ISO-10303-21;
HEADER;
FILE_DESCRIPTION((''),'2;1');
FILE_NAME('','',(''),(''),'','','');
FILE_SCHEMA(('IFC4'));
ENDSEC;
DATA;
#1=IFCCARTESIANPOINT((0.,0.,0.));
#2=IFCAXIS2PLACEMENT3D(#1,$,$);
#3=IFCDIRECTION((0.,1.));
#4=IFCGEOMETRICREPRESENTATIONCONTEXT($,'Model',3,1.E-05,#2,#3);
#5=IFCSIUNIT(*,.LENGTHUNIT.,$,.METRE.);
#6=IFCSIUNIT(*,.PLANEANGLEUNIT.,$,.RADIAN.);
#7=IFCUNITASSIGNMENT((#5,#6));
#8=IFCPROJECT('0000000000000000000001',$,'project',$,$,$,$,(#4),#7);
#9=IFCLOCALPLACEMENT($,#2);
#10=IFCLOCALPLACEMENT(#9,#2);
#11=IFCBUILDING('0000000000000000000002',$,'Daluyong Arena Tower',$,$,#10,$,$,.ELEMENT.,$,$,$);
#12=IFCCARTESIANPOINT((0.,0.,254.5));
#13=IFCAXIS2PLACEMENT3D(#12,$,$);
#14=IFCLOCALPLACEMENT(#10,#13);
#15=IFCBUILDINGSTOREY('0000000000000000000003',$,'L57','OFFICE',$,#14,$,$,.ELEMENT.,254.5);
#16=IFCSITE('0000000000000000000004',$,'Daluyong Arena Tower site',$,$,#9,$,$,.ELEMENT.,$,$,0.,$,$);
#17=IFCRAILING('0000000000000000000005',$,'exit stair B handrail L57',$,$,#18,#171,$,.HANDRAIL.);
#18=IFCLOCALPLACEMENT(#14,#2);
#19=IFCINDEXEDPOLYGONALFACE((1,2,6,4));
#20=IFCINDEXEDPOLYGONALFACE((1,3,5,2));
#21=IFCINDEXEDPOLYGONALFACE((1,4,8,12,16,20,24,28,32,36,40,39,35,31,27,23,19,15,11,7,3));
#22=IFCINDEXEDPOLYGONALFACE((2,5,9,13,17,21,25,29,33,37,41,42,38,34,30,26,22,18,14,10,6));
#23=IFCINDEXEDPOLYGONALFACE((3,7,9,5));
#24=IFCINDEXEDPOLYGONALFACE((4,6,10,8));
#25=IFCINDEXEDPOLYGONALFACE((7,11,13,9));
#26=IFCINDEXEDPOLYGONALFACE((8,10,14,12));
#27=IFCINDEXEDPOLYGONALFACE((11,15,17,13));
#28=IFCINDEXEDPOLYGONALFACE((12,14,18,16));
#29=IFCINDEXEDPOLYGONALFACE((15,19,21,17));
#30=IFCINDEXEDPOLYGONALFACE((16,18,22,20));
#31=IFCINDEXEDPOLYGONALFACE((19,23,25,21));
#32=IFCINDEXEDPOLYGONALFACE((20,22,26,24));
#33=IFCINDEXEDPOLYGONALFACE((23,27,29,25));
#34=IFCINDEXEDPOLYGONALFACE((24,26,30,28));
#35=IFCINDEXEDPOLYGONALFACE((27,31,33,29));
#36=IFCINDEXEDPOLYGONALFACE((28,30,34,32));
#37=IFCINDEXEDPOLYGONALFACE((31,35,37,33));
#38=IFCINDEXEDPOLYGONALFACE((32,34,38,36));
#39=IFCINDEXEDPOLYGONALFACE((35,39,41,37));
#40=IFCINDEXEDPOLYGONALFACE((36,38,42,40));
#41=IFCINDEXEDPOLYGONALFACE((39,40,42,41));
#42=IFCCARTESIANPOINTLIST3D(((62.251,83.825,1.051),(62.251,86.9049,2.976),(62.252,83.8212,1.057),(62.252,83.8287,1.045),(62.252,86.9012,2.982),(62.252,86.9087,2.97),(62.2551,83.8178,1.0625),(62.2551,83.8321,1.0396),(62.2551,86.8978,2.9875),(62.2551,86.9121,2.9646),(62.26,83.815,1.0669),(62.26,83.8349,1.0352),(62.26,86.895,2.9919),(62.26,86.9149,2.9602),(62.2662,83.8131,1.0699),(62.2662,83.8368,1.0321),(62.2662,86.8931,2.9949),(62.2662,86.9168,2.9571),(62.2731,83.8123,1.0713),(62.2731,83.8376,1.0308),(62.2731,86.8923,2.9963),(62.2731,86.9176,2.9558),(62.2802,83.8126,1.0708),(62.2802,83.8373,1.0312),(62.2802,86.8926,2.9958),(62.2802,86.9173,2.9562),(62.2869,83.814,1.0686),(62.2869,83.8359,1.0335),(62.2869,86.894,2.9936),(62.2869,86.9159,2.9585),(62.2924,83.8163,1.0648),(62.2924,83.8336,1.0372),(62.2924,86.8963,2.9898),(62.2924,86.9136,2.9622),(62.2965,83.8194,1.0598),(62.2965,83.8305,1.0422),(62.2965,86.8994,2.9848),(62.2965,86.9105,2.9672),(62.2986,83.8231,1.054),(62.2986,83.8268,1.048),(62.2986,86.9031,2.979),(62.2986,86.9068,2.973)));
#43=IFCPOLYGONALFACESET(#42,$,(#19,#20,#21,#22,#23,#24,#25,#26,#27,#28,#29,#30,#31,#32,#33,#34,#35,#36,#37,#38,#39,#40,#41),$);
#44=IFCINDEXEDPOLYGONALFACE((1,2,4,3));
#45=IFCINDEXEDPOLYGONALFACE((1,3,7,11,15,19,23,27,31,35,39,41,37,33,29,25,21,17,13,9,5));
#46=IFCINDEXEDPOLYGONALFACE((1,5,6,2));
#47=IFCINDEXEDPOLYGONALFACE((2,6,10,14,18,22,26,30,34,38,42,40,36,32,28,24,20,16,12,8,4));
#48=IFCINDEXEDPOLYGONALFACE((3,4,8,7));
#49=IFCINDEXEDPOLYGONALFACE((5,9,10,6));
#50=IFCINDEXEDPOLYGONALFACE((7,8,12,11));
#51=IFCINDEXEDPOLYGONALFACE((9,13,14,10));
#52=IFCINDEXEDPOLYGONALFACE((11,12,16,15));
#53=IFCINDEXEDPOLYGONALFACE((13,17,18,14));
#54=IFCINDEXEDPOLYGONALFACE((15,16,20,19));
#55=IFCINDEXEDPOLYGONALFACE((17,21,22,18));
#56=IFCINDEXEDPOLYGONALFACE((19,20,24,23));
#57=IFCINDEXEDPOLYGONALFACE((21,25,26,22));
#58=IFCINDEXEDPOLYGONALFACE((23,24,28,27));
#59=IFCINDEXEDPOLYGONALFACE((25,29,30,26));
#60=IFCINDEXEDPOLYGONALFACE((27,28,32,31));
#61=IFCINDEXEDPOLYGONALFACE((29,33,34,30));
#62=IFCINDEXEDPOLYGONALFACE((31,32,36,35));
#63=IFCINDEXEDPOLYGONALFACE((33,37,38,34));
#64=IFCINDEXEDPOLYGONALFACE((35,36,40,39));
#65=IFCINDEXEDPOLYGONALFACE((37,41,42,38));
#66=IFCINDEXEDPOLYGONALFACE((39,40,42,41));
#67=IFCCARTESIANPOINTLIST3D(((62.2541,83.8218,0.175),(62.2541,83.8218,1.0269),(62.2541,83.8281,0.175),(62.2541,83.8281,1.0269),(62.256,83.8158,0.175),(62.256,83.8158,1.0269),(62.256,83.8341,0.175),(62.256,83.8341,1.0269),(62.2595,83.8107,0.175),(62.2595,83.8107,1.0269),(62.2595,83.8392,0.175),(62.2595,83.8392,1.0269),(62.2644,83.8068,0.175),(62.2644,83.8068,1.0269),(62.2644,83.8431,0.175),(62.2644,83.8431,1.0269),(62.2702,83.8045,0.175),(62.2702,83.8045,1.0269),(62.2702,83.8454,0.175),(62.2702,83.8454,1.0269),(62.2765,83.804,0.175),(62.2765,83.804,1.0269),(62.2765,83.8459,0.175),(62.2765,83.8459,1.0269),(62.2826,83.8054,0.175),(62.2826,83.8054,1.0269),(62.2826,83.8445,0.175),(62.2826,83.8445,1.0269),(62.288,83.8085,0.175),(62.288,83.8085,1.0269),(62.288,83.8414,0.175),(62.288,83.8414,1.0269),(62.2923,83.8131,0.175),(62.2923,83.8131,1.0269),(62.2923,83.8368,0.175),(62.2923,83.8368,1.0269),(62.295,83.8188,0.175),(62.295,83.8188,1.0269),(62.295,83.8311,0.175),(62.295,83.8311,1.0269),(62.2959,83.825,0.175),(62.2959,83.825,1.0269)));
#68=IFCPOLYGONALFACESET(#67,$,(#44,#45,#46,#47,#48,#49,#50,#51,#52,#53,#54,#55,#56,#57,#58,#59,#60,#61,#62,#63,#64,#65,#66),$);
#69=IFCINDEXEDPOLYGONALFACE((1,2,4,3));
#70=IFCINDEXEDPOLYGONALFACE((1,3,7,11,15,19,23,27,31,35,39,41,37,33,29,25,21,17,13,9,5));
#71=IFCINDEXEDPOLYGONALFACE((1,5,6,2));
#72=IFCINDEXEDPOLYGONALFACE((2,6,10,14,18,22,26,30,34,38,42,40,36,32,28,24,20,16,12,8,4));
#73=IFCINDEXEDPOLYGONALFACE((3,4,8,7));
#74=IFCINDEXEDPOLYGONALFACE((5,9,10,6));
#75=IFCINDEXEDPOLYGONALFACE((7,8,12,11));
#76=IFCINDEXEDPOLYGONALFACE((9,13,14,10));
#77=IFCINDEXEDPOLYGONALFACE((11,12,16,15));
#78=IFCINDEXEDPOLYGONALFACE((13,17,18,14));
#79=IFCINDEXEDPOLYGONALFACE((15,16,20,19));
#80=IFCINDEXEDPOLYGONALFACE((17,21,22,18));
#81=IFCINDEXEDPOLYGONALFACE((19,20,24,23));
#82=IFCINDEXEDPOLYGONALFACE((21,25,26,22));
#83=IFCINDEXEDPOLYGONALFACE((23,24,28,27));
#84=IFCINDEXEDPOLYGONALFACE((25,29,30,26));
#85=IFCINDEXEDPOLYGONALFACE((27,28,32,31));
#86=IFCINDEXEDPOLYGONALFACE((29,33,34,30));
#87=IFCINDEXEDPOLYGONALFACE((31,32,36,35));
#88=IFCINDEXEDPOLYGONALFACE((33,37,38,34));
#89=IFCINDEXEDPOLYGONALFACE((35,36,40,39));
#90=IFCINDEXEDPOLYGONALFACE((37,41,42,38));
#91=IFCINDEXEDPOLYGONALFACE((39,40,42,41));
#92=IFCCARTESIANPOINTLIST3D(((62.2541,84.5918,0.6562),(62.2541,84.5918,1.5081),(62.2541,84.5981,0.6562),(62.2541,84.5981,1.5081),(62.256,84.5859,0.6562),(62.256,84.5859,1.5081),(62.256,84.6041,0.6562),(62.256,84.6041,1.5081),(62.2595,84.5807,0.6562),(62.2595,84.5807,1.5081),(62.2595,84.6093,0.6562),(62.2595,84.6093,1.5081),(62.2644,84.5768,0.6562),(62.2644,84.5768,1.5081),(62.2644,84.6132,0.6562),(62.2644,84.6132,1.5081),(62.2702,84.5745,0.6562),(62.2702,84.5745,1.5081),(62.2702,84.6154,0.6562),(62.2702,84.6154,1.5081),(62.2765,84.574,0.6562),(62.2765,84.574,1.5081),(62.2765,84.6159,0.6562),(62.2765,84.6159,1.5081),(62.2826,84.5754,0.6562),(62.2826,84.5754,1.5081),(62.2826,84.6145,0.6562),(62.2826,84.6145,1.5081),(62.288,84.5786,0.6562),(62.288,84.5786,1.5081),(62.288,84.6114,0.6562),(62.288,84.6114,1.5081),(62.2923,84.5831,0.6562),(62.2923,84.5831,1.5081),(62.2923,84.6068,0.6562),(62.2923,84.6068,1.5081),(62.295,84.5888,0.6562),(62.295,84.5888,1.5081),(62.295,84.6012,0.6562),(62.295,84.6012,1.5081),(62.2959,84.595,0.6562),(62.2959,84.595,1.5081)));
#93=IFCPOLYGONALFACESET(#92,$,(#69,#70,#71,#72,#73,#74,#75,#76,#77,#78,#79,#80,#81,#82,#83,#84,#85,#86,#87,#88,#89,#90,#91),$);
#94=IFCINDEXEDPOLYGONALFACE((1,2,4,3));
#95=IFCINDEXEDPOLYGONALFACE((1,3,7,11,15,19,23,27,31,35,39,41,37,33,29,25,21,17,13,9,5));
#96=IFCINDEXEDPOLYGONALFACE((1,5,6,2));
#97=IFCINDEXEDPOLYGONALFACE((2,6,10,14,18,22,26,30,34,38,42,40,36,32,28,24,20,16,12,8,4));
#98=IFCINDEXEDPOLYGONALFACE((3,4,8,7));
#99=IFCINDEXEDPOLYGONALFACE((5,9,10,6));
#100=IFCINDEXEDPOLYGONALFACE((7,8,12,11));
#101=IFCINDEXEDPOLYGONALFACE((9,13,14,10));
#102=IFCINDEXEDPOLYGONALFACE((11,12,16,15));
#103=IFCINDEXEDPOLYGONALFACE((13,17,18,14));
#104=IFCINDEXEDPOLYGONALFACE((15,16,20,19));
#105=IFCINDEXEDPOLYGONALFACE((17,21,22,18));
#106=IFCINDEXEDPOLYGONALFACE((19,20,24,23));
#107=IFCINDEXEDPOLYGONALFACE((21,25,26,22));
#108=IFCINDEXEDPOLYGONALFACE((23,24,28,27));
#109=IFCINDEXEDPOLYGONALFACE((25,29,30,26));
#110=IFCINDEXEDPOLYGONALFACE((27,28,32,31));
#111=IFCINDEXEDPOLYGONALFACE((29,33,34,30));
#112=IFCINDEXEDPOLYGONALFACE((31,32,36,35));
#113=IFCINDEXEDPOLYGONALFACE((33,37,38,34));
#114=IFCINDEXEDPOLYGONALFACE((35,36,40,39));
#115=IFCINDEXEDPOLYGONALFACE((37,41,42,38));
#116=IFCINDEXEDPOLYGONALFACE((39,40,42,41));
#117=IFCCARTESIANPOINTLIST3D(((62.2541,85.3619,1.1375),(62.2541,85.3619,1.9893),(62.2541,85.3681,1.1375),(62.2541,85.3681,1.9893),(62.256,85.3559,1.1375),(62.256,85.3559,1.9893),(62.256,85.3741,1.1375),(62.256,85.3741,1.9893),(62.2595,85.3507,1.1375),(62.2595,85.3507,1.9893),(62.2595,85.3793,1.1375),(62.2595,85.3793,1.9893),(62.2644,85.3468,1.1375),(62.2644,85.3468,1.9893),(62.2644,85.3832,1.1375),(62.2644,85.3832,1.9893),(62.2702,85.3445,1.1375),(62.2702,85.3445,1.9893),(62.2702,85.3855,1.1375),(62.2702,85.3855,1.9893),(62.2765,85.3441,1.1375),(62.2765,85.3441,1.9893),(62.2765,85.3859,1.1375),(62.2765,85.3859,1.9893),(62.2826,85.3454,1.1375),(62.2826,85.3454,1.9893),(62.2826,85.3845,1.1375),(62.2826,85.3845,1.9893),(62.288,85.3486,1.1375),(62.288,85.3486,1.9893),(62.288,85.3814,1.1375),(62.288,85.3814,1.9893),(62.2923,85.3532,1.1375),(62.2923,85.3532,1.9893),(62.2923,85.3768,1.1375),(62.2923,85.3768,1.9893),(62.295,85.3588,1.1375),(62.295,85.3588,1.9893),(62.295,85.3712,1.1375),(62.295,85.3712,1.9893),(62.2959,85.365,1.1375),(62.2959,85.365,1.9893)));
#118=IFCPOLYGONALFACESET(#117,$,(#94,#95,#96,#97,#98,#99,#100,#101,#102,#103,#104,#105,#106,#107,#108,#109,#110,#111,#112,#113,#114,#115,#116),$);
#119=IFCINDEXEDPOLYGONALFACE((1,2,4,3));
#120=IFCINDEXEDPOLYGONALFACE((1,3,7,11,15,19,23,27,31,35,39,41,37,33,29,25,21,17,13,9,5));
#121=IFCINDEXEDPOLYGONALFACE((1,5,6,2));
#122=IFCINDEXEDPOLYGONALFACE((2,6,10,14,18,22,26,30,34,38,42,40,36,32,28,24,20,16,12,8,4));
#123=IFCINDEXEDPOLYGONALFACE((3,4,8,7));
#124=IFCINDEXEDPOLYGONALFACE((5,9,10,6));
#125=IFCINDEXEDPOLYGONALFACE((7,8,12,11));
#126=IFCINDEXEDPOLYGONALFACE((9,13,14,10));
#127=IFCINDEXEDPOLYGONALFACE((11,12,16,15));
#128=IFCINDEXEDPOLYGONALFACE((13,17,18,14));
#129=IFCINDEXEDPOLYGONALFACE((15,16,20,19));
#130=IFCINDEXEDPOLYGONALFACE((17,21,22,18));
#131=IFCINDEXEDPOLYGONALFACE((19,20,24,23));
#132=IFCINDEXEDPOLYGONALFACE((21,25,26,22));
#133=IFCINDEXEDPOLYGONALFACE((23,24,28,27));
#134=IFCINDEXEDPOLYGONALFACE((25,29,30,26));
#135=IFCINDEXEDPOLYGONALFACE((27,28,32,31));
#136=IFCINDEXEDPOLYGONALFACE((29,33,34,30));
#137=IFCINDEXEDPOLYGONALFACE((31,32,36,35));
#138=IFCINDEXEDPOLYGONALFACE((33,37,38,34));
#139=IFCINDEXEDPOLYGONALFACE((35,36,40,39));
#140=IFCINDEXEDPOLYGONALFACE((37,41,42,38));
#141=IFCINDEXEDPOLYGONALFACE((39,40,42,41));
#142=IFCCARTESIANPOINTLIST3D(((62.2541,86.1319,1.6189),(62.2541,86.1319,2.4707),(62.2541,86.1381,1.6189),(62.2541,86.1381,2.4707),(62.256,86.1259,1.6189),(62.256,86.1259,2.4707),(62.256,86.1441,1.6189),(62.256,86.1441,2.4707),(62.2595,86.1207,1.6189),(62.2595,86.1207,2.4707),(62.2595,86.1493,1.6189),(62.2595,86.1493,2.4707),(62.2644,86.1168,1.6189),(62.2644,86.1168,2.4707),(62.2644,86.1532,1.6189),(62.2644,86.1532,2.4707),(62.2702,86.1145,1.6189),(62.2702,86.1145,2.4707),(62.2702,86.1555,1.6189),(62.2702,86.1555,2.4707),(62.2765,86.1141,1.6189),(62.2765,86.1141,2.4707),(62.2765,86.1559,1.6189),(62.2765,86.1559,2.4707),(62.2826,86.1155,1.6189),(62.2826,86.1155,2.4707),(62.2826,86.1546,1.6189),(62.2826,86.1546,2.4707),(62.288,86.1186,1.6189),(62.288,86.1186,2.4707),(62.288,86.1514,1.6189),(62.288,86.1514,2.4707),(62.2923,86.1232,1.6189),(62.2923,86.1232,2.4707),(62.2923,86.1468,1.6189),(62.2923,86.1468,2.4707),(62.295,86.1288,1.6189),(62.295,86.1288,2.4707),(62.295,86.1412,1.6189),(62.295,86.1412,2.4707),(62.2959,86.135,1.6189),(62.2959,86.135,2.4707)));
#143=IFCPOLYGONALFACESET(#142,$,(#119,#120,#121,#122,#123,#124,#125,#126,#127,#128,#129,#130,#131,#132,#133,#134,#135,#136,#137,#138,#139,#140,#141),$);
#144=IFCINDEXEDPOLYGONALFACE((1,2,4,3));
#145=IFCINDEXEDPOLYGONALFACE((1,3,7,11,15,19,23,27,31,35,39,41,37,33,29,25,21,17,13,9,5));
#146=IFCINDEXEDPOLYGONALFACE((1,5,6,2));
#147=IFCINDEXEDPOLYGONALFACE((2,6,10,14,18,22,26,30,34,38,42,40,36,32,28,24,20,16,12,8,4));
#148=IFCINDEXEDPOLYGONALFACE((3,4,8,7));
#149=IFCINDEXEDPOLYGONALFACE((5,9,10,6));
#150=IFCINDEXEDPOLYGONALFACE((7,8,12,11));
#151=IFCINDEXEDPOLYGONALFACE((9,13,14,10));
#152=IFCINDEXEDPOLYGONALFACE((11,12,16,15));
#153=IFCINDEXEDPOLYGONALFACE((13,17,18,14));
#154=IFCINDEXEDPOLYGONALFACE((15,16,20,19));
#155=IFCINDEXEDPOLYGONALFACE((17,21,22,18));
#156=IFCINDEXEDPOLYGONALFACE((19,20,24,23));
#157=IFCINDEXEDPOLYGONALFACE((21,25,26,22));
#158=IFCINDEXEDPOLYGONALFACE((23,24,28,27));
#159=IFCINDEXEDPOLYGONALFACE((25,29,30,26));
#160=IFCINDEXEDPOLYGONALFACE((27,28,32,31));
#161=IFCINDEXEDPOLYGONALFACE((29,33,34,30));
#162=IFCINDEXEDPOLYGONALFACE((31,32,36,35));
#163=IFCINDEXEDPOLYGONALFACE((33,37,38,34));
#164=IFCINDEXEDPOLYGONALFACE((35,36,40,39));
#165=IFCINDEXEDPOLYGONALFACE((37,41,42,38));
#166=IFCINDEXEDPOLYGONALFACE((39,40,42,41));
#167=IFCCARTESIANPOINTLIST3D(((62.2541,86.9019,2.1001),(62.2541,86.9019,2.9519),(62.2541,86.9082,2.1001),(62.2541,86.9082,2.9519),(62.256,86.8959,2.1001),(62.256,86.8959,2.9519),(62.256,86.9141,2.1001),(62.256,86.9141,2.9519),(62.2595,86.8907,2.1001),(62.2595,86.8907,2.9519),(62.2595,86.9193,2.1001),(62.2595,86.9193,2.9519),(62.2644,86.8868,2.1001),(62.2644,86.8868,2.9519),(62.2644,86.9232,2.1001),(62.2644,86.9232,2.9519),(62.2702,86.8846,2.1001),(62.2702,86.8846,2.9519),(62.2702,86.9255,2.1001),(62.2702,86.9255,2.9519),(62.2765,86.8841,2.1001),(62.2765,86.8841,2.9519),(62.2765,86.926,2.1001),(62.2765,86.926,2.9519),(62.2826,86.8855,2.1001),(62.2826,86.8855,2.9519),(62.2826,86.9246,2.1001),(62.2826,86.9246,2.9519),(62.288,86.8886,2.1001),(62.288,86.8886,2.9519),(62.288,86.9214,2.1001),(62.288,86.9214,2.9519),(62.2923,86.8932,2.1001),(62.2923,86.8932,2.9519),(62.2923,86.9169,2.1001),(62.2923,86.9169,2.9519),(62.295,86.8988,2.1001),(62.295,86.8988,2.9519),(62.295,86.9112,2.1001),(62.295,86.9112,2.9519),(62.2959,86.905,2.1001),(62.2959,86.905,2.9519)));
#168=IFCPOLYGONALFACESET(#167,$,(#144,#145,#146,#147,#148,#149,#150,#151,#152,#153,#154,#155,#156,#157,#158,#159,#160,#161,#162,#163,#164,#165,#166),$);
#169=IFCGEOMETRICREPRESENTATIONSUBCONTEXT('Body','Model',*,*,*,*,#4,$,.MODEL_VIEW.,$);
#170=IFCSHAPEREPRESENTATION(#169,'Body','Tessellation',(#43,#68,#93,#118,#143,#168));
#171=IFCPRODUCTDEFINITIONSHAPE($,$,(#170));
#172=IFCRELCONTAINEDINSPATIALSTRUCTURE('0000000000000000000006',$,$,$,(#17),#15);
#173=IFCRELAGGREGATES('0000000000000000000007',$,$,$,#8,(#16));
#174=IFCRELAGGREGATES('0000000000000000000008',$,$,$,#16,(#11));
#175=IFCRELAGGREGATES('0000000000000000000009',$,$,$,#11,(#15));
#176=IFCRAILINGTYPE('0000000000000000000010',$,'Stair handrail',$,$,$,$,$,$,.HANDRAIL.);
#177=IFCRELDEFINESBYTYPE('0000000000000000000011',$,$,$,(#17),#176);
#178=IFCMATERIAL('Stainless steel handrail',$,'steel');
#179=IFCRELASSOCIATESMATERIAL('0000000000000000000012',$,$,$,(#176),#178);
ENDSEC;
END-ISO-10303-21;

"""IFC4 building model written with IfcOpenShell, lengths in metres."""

from ifc_helpers import new_model, si_unit, direction, frame, origin, origin_2d, place, context, subcontext, project, spatial, circle, extrude, material, type_object, element, save


model = new_model("IFC4")

# Units and contexts
model_context = context("Model", 3, precision=1e-05, world=origin(), true_north=direction((0.0, 1.0)))
body_context = subcontext(model_context, "Body", "Model", "MODEL_VIEW")
ifc_project = project(units=[si_unit("LENGTHUNIT", "METRE"), si_unit("PLANEANGLEUNIT", "RADIAN")], contexts=[model_context])

# Site, building, storey
site_placement = place(None, origin())
site = spatial("IfcSite", under=ifc_project, at=site_placement, Name="Daluyong Arena Tower site", CompositionType="ELEMENT", RefElevation=0.0)
building_placement = place(site_placement, origin())
building = spatial("IfcBuilding", under=site, at=building_placement, Name="Daluyong Arena Tower", CompositionType="ELEMENT")
storey_placement = place(building_placement, frame((0.0, 0.0, 254.5)))
storey = spatial("IfcBuildingStorey", under=building, at=storey_placement, Name="L57", Description="OFFICE", CompositionType="ELEMENT", Elevation=254.5)

# Railing
ifc_material_1 = material(Name="Stainless steel handrail", Category="steel")
railing_type_1 = type_object("IfcRailingType", Name="Stair handrail", PredefinedType="HANDRAIL", material=ifc_material_1)
railing_1_placement = place(storey_placement, frame((62.2749, 83.825, 0.175)))
element("IfcRailing", 1, at=railing_1_placement, inside=storey, type_object=railing_type_1, Name="exit stair B handrail L57", PredefinedType="HANDRAIL", context=body_context, shape_type="SweptSolid", body=[
    extrude(circle(Radius=0.0239, at=origin_2d()), frame((0.0, 0.0, 0.876), z_axis=(0.0, 0.847998, 0.529999), x_axis=(-1.0, 0.0, 0.0)), (0.0, 0.0, 1.0), 3.6321),
    extrude(circle(Radius=0.021, at=origin_2d()), origin(), (0.0, 0.0, 1.0), 0.8518),
    extrude(circle(Radius=0.021, at=origin_2d()), frame((0.0, 0.77, 0.4812)), (0.0, 0.0, 1.0), 0.8518),
    extrude(circle(Radius=0.021, at=origin_2d()), frame((0.0, 1.54, 0.9624)), (0.0, 0.0, 1.0), 0.8518),
    extrude(circle(Radius=0.021, at=origin_2d()), frame((0.0, 2.3101, 1.4438)), (0.0, 0.0, 1.0), 0.8518),
    extrude(circle(Radius=0.021, at=origin_2d()), frame((0.0, 3.0801, 1.925)), (0.0, 0.0, 1.0), 0.8518),
])

save(model, "model.ifc")
